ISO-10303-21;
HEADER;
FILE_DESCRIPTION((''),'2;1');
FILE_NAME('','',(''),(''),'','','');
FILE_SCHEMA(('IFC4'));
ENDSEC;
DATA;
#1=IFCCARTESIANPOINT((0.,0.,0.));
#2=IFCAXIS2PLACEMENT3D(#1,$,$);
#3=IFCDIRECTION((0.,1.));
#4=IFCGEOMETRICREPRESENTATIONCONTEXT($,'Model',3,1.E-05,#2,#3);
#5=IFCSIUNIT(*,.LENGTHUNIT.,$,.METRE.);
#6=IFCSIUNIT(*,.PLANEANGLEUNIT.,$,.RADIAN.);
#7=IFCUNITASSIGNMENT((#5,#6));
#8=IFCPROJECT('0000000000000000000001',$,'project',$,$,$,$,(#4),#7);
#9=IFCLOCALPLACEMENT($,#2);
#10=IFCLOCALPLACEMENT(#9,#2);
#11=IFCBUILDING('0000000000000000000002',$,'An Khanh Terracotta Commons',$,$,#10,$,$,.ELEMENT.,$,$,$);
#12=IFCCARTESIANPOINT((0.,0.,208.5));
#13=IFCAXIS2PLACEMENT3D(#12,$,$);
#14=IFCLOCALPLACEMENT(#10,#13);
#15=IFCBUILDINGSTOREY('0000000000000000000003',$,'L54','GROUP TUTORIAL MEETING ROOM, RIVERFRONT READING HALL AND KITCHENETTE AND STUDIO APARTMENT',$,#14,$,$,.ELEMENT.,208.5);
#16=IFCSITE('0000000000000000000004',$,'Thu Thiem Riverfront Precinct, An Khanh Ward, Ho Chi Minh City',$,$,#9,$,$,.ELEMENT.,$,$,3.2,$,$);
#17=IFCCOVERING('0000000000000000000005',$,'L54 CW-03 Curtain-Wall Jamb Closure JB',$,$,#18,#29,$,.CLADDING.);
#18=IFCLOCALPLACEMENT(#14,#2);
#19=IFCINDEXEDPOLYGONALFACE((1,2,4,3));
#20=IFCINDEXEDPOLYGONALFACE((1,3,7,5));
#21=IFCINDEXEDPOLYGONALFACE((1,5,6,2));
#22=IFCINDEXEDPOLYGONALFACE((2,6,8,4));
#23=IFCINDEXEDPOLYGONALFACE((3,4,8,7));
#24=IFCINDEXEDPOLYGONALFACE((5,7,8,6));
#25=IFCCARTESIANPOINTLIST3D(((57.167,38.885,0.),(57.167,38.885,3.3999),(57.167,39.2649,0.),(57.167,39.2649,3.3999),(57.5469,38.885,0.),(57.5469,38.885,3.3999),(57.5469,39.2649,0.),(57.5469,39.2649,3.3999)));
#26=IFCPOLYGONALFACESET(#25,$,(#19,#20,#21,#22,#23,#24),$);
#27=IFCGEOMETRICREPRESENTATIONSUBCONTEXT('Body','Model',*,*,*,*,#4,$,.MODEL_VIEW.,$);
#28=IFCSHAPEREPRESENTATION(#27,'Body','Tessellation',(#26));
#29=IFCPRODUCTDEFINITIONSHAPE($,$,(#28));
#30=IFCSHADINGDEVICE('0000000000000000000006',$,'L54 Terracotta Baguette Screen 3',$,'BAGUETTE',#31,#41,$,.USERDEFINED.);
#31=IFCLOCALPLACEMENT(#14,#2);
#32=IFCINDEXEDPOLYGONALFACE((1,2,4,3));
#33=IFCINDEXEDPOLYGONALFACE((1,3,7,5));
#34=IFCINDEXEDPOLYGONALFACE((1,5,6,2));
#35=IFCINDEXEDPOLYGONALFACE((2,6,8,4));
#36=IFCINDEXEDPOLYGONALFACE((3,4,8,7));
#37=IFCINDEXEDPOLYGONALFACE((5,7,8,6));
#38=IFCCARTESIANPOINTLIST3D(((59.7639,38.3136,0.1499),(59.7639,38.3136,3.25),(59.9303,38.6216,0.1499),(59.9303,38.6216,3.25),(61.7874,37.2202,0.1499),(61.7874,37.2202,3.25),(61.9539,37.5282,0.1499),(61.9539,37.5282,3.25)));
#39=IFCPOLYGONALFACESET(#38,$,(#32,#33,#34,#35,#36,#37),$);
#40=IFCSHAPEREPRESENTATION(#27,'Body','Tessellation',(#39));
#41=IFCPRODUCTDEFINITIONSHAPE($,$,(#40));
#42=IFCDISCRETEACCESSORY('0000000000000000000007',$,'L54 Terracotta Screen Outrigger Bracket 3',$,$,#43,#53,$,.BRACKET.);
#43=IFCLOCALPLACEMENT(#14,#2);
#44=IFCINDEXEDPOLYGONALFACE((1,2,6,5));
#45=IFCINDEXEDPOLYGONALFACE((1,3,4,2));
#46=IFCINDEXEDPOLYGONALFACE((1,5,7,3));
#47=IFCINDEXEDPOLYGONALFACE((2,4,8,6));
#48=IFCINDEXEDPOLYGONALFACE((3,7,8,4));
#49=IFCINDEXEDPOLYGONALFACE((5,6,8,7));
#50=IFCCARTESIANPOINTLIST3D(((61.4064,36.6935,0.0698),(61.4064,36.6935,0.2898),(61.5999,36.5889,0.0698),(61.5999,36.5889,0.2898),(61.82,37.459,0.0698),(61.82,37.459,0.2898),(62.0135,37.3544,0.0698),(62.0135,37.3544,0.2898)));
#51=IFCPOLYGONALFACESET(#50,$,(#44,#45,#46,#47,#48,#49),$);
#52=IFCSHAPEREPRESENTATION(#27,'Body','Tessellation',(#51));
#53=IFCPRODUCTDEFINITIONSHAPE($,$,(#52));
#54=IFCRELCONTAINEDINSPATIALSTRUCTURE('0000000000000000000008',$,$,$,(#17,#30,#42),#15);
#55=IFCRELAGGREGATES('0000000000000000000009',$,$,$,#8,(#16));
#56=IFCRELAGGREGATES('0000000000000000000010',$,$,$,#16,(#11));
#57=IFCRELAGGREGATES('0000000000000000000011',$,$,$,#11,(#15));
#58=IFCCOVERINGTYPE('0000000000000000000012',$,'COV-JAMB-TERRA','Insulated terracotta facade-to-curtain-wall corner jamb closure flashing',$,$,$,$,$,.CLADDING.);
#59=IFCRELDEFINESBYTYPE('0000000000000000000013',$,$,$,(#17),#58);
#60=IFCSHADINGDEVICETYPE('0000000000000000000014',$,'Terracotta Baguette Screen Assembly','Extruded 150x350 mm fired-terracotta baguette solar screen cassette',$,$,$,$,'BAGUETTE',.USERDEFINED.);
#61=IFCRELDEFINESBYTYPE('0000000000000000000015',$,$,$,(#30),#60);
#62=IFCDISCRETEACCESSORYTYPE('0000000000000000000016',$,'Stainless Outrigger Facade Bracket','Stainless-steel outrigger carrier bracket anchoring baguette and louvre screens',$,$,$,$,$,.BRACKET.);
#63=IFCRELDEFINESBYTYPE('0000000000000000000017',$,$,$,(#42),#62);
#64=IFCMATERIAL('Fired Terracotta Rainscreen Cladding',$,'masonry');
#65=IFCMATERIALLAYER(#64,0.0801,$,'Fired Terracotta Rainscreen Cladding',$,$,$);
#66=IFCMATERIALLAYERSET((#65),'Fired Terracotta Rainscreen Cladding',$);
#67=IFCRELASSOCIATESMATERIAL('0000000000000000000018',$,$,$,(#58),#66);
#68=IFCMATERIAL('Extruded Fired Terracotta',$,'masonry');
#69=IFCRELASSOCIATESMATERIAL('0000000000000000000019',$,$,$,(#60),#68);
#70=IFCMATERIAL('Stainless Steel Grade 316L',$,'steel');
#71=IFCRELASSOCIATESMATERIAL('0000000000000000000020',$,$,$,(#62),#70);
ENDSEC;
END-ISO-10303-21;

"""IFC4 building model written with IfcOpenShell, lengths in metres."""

from ifc_helpers import new_model, si_unit, direction, frame, origin, origin_2d, place, context, subcontext, project, spatial, rectangle, extrude, material, layer, layer_set, type_object, element, save


model = new_model("IFC4")

# Units and contexts
model_context = context("Model", 3, precision=1e-05, world=origin(), true_north=direction((0.0, 1.0)))
body_context = subcontext(model_context, "Body", "Model", "MODEL_VIEW")
ifc_project = project(units=[si_unit("LENGTHUNIT", "METRE"), si_unit("PLANEANGLEUNIT", "RADIAN")], contexts=[model_context])

# Site, building, storey
site_placement = place(None, origin())
site = spatial("IfcSite", under=ifc_project, at=site_placement, Name="Thu Thiem Riverfront Precinct, An Khanh Ward, Ho Chi Minh City", CompositionType="ELEMENT", RefElevation=3.2)
building_placement = place(site_placement, origin())
building = spatial("IfcBuilding", under=site, at=building_placement, Name="An Khanh Terracotta Commons", CompositionType="ELEMENT")
storey_placement = place(building_placement, frame((0.0, 0.0, 208.5)))
storey = spatial("IfcBuildingStorey", under=building, at=storey_placement, Name="L54", Description="GROUP TUTORIAL MEETING ROOM, RIVERFRONT READING HALL AND KITCHENETTE AND STUDIO APARTMENT", CompositionType="ELEMENT", Elevation=208.5)

# Covering
ifc_material_1 = material(Name="Fired Terracotta Rainscreen Cladding", Category="masonry")
ifc_layer_1 = layer(ifc_material_1, 0.0801, Name="Fired Terracotta Rainscreen Cladding")
ifc_layer_set_1 = layer_set([ifc_layer_1], Name="Fired Terracotta Rainscreen Cladding")
covering_type = type_object("IfcCoveringType", Name="COV-JAMB-TERRA", Description="Insulated terracotta facade-to-curtain-wall corner jamb closure flashing", PredefinedType="CLADDING", material=ifc_layer_set_1)
covering_placement = place(storey_placement, frame((57.3569, 39.075, 0.0), z_axis=(0.0, 0.0, 1.0), x_axis=(1.0, 0.0, 0.0)))
element("IfcCovering", 1, at=covering_placement, inside=storey, type_object=covering_type, Name="L54 CW-03 Curtain-Wall Jamb Closure JB", PredefinedType="CLADDING", context=body_context, shape_type="SweptSolid", body=[
    extrude(rectangle(XDim=0.3799, YDim=0.3799, at=origin_2d()), origin(), (0.0, 0.0, 1.0), 3.3999),
])

# Shading device
ifc_material_2 = material(Name="Extruded Fired Terracotta", Category="masonry")
shading_device_type = type_object("IfcShadingDeviceType", Name="Terracotta Baguette Screen Assembly", Description="Extruded 150x350 mm fired-terracotta baguette solar screen cassette", ElementType="BAGUETTE", PredefinedType="USERDEFINED", material=ifc_material_2)
shading_device_placement = place(storey_placement, frame((60.8589, 37.9209, 0.1499), z_axis=(0.0, 0.0, 1.0), x_axis=(-0.87978, 0.475381, 0.0)))
element("IfcShadingDevice", 2, at=shading_device_placement, inside=storey, type_object=shading_device_type, Name="L54 Terracotta Baguette Screen 3", ObjectType="BAGUETTE", PredefinedType="USERDEFINED", context=body_context, shape_type="SweptSolid", body=[
    extrude(rectangle(XDim=2.3, YDim=0.3501, at=origin_2d()), origin(), (0.0, 0.0, 1.0), 3.1001),
])

# Discrete accessory
ifc_material_3 = material(Name="Stainless Steel Grade 316L", Category="steel")
discrete_accessory_type = type_object("IfcDiscreteAccessoryType", Name="Stainless Outrigger Facade Bracket", Description="Stainless-steel outrigger carrier bracket anchoring baguette and louvre screens", PredefinedType="BRACKET", material=ifc_material_3)
discrete_accessory_placement = place(storey_placement, frame((61.71, 37.0239, 0.0698), z_axis=(0.0, 0.0, 1.0), x_axis=(-0.87978, 0.475381, 0.0)))
element("IfcDiscreteAccessory", 3, at=discrete_accessory_placement, inside=storey, type_object=discrete_accessory_type, Name="L54 Terracotta Screen Outrigger Bracket 3", PredefinedType="BRACKET", context=body_context, shape_type="SweptSolid", body=[
    extrude(rectangle(XDim=0.22, YDim=0.8701, at=origin_2d()), origin(), (0.0, 0.0, 1.0), 0.22),
])

save(model, "model.ifc")
